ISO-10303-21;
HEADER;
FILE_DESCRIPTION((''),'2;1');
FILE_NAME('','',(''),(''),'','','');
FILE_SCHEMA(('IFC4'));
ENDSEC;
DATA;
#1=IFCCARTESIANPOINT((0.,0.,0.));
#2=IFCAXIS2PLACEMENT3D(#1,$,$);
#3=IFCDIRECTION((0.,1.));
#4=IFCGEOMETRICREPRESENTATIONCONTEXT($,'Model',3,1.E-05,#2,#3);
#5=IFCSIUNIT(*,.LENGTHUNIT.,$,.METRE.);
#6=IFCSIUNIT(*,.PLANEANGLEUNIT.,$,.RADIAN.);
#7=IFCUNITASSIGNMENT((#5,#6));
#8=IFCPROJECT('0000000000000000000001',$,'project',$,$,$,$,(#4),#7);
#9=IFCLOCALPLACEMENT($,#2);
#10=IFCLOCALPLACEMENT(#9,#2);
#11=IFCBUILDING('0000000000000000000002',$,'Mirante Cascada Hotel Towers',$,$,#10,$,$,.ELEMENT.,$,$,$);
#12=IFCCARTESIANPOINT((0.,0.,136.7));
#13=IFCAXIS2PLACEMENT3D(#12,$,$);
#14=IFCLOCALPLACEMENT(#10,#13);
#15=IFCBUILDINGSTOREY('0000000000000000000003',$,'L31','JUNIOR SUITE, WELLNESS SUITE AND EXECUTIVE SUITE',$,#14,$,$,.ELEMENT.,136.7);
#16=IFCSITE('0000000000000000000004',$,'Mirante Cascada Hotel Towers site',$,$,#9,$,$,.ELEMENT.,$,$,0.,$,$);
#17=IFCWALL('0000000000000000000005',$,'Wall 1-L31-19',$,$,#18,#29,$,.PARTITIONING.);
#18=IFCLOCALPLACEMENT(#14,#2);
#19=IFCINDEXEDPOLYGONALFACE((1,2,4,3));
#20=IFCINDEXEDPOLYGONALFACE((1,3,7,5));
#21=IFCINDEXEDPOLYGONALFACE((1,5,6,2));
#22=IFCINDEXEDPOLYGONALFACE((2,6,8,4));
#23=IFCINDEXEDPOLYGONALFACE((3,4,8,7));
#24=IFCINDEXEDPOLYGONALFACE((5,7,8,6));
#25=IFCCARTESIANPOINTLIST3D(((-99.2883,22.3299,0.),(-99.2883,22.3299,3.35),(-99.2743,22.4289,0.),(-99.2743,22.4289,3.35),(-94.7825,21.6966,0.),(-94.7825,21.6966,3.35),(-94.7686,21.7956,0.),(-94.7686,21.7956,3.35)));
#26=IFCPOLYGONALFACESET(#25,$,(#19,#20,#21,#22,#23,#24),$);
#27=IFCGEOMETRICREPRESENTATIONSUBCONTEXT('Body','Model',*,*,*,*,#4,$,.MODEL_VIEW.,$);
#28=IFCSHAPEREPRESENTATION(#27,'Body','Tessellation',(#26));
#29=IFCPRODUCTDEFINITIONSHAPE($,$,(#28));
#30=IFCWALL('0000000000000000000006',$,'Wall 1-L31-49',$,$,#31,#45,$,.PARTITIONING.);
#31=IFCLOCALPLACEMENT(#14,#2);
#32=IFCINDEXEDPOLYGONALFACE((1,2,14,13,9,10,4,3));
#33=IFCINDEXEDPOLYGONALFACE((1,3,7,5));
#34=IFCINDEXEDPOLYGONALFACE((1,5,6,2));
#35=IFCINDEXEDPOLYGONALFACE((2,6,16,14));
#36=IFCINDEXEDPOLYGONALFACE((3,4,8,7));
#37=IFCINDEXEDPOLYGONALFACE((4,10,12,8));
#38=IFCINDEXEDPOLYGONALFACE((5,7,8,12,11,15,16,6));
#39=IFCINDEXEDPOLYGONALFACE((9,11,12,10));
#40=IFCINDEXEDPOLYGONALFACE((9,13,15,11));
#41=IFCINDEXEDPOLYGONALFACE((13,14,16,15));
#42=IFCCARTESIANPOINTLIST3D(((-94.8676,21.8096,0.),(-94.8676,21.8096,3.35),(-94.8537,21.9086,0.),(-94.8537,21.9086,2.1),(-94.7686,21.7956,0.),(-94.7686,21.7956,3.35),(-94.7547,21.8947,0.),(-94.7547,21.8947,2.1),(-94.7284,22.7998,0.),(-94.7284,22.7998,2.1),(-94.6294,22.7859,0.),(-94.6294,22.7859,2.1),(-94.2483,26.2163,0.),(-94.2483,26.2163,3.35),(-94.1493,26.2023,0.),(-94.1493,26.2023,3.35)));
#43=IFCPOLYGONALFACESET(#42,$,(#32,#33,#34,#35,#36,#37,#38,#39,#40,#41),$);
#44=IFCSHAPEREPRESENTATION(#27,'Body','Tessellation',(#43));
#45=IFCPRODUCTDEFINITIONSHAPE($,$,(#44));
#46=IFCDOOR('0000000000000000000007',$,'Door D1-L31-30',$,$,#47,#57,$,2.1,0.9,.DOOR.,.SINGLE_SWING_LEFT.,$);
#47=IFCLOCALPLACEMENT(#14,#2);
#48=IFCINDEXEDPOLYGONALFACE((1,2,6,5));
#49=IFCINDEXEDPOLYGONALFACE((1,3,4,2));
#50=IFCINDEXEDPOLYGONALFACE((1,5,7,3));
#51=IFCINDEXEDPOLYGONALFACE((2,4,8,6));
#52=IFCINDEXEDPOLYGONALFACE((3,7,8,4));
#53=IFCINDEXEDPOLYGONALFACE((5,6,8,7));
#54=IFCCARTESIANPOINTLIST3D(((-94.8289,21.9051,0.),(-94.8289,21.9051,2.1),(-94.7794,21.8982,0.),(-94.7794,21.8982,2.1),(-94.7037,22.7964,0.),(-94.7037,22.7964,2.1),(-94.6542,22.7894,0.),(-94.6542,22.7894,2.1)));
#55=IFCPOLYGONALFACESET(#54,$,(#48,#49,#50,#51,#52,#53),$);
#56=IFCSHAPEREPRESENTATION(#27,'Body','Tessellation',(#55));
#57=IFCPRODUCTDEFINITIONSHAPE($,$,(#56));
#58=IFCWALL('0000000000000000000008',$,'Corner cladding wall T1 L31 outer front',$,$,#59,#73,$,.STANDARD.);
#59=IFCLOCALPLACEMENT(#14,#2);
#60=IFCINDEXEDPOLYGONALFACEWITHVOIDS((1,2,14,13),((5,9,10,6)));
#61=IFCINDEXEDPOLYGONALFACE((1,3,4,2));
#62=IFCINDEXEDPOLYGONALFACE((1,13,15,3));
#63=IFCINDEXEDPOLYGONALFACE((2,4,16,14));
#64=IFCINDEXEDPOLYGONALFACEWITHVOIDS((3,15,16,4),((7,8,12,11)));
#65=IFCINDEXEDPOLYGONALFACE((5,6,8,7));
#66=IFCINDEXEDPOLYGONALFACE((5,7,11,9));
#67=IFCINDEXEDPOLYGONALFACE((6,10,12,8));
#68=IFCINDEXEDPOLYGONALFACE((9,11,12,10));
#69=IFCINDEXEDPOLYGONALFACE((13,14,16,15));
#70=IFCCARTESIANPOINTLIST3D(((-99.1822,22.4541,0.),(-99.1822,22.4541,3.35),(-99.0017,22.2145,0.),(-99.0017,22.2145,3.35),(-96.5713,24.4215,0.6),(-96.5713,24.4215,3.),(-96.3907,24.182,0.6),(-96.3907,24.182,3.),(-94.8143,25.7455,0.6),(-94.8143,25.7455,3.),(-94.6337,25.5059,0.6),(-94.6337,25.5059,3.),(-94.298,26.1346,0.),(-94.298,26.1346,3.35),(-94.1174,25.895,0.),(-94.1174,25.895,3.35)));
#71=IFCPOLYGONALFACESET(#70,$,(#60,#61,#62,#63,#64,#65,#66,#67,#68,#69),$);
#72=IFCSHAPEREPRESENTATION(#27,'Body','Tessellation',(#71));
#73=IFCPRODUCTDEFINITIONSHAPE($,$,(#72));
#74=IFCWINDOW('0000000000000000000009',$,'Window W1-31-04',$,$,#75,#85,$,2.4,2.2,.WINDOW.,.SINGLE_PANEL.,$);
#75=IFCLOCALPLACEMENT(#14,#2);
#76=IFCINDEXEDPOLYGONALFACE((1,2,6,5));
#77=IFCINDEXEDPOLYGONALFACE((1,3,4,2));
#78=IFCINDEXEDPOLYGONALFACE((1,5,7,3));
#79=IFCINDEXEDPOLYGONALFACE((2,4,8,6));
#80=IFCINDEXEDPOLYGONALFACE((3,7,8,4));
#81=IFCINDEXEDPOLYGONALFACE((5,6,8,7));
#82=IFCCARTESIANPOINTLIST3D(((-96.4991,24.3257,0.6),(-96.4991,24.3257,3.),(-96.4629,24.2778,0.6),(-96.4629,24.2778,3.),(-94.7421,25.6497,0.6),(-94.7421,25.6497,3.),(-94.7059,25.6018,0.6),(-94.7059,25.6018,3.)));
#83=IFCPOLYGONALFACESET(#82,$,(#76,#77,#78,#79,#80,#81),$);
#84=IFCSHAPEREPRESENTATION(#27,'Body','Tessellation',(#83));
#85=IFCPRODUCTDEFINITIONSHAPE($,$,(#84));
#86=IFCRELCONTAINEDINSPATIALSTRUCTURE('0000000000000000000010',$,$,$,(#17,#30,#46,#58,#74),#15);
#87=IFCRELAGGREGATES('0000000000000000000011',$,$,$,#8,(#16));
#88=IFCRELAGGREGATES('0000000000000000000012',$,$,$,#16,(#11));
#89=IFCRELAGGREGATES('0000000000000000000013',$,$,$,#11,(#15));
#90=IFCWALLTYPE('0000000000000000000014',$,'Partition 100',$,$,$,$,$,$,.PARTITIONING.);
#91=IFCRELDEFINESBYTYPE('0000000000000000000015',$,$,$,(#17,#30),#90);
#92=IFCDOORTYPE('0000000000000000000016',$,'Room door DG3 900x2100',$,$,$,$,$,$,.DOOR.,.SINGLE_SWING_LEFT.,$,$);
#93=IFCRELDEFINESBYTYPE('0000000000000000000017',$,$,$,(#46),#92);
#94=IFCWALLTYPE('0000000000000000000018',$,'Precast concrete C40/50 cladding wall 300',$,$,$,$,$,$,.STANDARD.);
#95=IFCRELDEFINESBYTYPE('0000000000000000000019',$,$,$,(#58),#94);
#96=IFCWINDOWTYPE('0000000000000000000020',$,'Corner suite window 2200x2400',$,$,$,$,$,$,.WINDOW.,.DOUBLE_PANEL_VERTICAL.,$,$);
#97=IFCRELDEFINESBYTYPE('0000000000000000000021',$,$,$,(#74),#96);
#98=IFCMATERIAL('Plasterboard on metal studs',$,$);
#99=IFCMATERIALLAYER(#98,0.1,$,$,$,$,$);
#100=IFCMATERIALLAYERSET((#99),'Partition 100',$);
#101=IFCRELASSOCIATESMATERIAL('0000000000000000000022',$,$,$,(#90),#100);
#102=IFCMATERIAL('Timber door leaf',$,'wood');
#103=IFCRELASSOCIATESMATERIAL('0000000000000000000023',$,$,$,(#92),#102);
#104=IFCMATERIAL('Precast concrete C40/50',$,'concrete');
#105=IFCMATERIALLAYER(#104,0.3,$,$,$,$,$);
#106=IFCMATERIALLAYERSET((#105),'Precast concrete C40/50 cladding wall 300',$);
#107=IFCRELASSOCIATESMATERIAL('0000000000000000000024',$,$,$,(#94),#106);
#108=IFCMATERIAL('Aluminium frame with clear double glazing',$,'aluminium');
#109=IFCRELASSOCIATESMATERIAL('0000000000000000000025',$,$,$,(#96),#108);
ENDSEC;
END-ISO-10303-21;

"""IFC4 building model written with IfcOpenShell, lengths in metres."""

from ifc_helpers import new_model, si_unit, direction, frame, frame_2d, origin, place, context, subcontext, project, spatial, rectangle, extrude, material, layer, layer_set, type_object, element, fill, save


model = new_model("IFC4")

# Units and contexts
model_context = context("Model", 3, precision=1e-05, world=origin(), true_north=direction((0.0, 1.0)))
body_context = subcontext(model_context, "Body", "Model", "MODEL_VIEW")
ifc_project = project(units=[si_unit("LENGTHUNIT", "METRE"), si_unit("PLANEANGLEUNIT", "RADIAN")], contexts=[model_context])

# Site, building, storey
site_placement = place(None, origin())
site = spatial("IfcSite", under=ifc_project, at=site_placement, Name="Mirante Cascada Hotel Towers site", CompositionType="ELEMENT", RefElevation=0.0)
building_placement = place(site_placement, origin())
building = spatial("IfcBuilding", under=site, at=building_placement, Name="Mirante Cascada Hotel Towers", CompositionType="ELEMENT")
storey_placement = place(building_placement, frame((0.0, 0.0, 136.7)))
storey = spatial("IfcBuildingStorey", under=building, at=storey_placement, Name="L31", Description="JUNIOR SUITE, WELLNESS SUITE AND EXECUTIVE SUITE", CompositionType="ELEMENT", Elevation=136.7)

# Wall
ifc_material_1 = material(Name="Plasterboard on metal studs")
ifc_layer_1 = layer(ifc_material_1, 0.1)
ifc_layer_set_1 = layer_set([ifc_layer_1], Name="Partition 100")
wall_type_1 = type_object("IfcWallType", Name="Partition 100", PredefinedType="PARTITIONING", material=ifc_layer_set_1)
wall_1_placement = place(storey_placement, frame((-99.2813, 22.3794, 0.0), z_axis=(0.0, 0.0, 1.0), x_axis=(0.990266, -0.139187, 0.0)))
element("IfcWall", 1, at=wall_1_placement, inside=storey, type_object=wall_type_1, Name="Wall 1-L31-19", PredefinedType="PARTITIONING", context=body_context, shape_type="SweptSolid", body=[
    extrude(rectangle(XDim=4.55, YDim=0.1, at=frame_2d((2.275, 0.0))), origin(), (0.0, 0.0, 1.0), 3.35),
])

# Wall, opening, door
wall_2_placement = place(storey_placement, frame((-94.1988, 26.2093, 0.0), z_axis=(0.0, 0.0, 1.0), x_axis=(-0.139168, -0.990269, 0.0)))
wall_2 = element("IfcWall", 2, at=wall_2_placement, inside=storey, type_object=wall_type_1, Name="Wall 1-L31-49", PredefinedType="PARTITIONING", context=body_context, shape_type="SweptSolid", body=[
    extrude(rectangle(XDim=4.45, YDim=0.1, at=frame_2d((2.225, 0.0))), origin(), (0.0, 0.0, 1.0), 3.35),
])
opening_1_placement = place(wall_2_placement, frame((3.45, 0.0, 0.0)))
opening_1 = element("IfcOpeningElement", 3, at=opening_1_placement, cuts=wall_2, PredefinedType="OPENING", context=body_context, shape_type="SweptSolid", body=[
    extrude(rectangle(XDim=0.9, YDim=2.1, at=frame_2d((0.45, 1.05))), frame((0.0, 0.05, 0.0), z_axis=(0.0, -1.0, 0.0), x_axis=(1.0, 0.0, 0.0)), (0.0, 0.0, 1.0), 0.1),
])
ifc_material_2 = material(Name="Timber door leaf", Category="wood")
door_type_1 = type_object("IfcDoorType", Name="Room door DG3 900x2100", OperationType="SINGLE_SWING_LEFT", PredefinedType="DOOR", material=ifc_material_2)
door_1_placement = place(opening_1_placement, origin())
door_1 = element("IfcDoor", 4, at=door_1_placement, inside=storey, type_object=door_type_1, Name="Door D1-L31-30", OperationType="SINGLE_SWING_LEFT", OverallHeight=2.1, OverallWidth=0.9, PredefinedType="DOOR", context=body_context, shape_type="SweptSolid", body=[
    extrude(rectangle(XDim=0.9, YDim=2.1, at=frame_2d((0.45, 1.05))), frame((0.0, 0.025, 0.0), z_axis=(0.0, -1.0, 0.0), x_axis=(1.0, 0.0, 0.0)), (0.0, 0.0, 1.0), 0.05),
])
fill(opening_1, door_1)

# Wall, opening, window
ifc_material_3 = material(Name="Precast concrete C40/50", Category="concrete")
ifc_layer_2 = layer(ifc_material_3, 0.3)
ifc_layer_set_2 = layer_set([ifc_layer_2], Name="Precast concrete C40/50 cladding wall 300")
wall_type_2 = type_object("IfcWallType", Name="Precast concrete C40/50 cladding wall 300", PredefinedType="STANDARD", material=ifc_layer_set_2)
wall_3_placement = place(storey_placement, frame((-99.0919, 22.3343, 0.0), z_axis=(0.0, 0.0, 1.0), x_axis=(0.798636, 0.601814, 0.0)))
wall_3 = element("IfcWall", 5, at=wall_3_placement, inside=storey, type_object=wall_type_2, Name="Corner cladding wall T1 L31 outer front", PredefinedType="STANDARD", context=body_context, shape_type="SweptSolid", body=[
    extrude(rectangle(XDim=6.1157, YDim=0.3, at=frame_2d((3.0578, 0.0))), origin(), (0.0, 0.0, 1.0), 3.35),
])
opening_2_placement = place(wall_3_placement, frame((3.2692, 0.0, 0.6)))
opening_2 = element("IfcOpeningElement", 6, at=opening_2_placement, cuts=wall_3, PredefinedType="OPENING", context=body_context, shape_type="SweptSolid", body=[
    extrude(rectangle(XDim=2.2, YDim=2.4, at=frame_2d((1.1, 1.2))), frame((0.0, 0.15, 0.0), z_axis=(0.0, -1.0, 0.0), x_axis=(1.0, 0.0, 0.0)), (0.0, 0.0, 1.0), 0.3),
])
ifc_material_4 = material(Name="Aluminium frame with clear double glazing", Category="aluminium")
window_type = type_object("IfcWindowType", Name="Corner suite window 2200x2400", PartitioningType="DOUBLE_PANEL_VERTICAL", PredefinedType="WINDOW", material=ifc_material_4)
window_placement = place(opening_2_placement, origin())
window = element("IfcWindow", 7, at=window_placement, inside=storey, type_object=window_type, Name="Window W1-31-04", OverallHeight=2.4, OverallWidth=2.2, PartitioningType="SINGLE_PANEL", PredefinedType="WINDOW", context=body_context, shape_type="SweptSolid", body=[
    extrude(rectangle(XDim=2.2, YDim=2.4, at=frame_2d((1.1, 1.2))), frame((0.0, 0.03, 0.0), z_axis=(0.0, -1.0, 0.0), x_axis=(1.0, 0.0, 0.0)), (0.0, 0.0, 1.0), 0.06),
])
fill(opening_2, window)

save(model, "model.ifc")
